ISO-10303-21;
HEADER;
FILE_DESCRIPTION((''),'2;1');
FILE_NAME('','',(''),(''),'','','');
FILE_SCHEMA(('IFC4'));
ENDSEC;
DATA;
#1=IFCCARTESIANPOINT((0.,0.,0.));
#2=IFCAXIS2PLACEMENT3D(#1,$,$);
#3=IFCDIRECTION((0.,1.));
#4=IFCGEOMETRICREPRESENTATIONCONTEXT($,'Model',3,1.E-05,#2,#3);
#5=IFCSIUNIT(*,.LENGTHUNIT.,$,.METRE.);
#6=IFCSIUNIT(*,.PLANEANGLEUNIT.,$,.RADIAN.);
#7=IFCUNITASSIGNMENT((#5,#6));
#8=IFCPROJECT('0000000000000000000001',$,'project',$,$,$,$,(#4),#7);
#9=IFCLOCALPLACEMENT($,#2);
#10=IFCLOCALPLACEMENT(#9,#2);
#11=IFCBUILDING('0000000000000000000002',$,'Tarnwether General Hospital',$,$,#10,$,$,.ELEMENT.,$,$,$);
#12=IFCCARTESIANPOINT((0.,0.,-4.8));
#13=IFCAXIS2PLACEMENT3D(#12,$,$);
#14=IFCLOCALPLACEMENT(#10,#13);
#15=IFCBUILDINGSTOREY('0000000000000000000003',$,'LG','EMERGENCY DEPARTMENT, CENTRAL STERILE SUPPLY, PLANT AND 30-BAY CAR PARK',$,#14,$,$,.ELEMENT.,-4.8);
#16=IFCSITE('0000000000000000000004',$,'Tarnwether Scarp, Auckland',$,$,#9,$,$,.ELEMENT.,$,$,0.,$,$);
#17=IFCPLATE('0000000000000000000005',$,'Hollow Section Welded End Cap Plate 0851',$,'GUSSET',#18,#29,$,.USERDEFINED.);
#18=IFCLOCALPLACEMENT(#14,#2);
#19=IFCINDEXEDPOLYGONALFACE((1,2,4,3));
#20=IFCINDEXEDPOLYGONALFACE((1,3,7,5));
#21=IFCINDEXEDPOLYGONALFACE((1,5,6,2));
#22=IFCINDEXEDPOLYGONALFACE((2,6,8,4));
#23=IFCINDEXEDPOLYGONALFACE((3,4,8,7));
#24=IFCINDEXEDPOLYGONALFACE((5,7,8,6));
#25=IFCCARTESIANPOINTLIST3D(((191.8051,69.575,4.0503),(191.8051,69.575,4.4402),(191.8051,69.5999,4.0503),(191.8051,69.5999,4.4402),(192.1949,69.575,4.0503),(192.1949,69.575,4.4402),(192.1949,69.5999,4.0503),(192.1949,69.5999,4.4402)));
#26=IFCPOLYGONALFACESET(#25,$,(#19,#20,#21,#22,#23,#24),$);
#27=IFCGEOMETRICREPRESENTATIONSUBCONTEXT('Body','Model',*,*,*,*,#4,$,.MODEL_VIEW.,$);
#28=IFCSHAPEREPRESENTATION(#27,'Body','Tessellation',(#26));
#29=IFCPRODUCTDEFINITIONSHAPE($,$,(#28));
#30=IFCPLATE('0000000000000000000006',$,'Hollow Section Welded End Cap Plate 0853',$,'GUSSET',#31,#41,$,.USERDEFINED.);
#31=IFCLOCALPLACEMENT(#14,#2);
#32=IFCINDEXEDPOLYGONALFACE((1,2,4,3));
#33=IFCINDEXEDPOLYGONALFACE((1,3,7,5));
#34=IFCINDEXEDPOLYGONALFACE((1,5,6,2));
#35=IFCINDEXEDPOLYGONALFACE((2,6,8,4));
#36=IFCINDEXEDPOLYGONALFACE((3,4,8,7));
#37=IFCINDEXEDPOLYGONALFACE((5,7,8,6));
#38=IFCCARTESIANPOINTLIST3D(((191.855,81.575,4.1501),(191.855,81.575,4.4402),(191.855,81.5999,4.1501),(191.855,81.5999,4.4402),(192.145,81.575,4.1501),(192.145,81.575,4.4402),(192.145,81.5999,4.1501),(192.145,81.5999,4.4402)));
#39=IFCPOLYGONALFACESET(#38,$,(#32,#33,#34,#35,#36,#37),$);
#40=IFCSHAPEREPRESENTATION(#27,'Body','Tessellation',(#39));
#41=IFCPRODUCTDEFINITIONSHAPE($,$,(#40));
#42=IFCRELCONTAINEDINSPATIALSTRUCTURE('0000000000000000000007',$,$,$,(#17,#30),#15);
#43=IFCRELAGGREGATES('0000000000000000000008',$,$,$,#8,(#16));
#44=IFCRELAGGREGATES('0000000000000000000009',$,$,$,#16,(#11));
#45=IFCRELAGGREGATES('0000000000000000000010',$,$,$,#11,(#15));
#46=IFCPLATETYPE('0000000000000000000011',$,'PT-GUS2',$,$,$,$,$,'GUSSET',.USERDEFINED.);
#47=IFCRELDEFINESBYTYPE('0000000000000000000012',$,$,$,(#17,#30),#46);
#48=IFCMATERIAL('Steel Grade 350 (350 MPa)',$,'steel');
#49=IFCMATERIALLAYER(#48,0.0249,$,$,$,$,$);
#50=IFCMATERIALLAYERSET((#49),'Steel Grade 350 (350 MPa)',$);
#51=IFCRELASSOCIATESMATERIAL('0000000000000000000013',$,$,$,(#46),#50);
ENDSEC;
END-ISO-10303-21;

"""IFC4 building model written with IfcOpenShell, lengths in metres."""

from ifc_helpers import new_model, si_unit, direction, frame, origin, origin_2d, place, context, subcontext, project, spatial, rectangle, extrude, material, layer, layer_set, type_object, element, save


model = new_model("IFC4")

# Units and contexts
model_context = context("Model", 3, precision=1e-05, world=origin(), true_north=direction((0.0, 1.0)))
body_context = subcontext(model_context, "Body", "Model", "MODEL_VIEW")
ifc_project = project(units=[si_unit("LENGTHUNIT", "METRE"), si_unit("PLANEANGLEUNIT", "RADIAN")], contexts=[model_context])

# Site, building, storey
site_placement = place(None, origin())
site = spatial("IfcSite", under=ifc_project, at=site_placement, Name="Tarnwether Scarp, Auckland", CompositionType="ELEMENT", RefElevation=0.0)
building_placement = place(site_placement, origin())
building = spatial("IfcBuilding", under=site, at=building_placement, Name="Tarnwether General Hospital", CompositionType="ELEMENT")
storey_placement = place(building_placement, frame((0.0, 0.0, -4.8)))
storey = spatial("IfcBuildingStorey", under=building, at=storey_placement, Name="LG", Description="EMERGENCY DEPARTMENT, CENTRAL STERILE SUPPLY, PLANT AND 30-BAY CAR PARK", CompositionType="ELEMENT", Elevation=-4.8)

# Plates
ifc_material_1 = material(Name="Steel Grade 350 (350 MPa)", Category="steel")
ifc_layer = layer(ifc_material_1, 0.0249)
ifc_layer_set = layer_set([ifc_layer], Name="Steel Grade 350 (350 MPa)")
plate_type = type_object("IfcPlateType", Name="PT-GUS2", ElementType="GUSSET", PredefinedType="USERDEFINED", material=ifc_layer_set)
plate_1_placement = place(storey_placement, frame((192.0, 69.5874, 4.0503), z_axis=(0.0, 0.0, 1.0), x_axis=(0.0, 1.0, 0.0)))
element("IfcPlate", 1, at=plate_1_placement, inside=storey, type_object=plate_type, Name="Hollow Section Welded End Cap Plate 0851", ObjectType="GUSSET", PredefinedType="USERDEFINED", context=body_context, shape_type="SweptSolid", body=[
    extrude(rectangle(XDim=0.0249, YDim=0.3899, at=origin_2d()), origin(), (0.0, 0.0, 1.0), 0.3899),
])
plate_2_placement = place(storey_placement, frame((192.0, 81.5874, 4.1501), z_axis=(0.0, 0.0, 1.0), x_axis=(0.0, 1.0, 0.0)))
element("IfcPlate", 2, at=plate_2_placement, inside=storey, type_object=plate_type, Name="Hollow Section Welded End Cap Plate 0853", ObjectType="GUSSET", PredefinedType="USERDEFINED", context=body_context, shape_type="SweptSolid", body=[
    extrude(rectangle(XDim=0.0249, YDim=0.29, at=origin_2d()), origin(), (0.0, 0.0, 1.0), 0.29),
])

save(model, "model.ifc")
